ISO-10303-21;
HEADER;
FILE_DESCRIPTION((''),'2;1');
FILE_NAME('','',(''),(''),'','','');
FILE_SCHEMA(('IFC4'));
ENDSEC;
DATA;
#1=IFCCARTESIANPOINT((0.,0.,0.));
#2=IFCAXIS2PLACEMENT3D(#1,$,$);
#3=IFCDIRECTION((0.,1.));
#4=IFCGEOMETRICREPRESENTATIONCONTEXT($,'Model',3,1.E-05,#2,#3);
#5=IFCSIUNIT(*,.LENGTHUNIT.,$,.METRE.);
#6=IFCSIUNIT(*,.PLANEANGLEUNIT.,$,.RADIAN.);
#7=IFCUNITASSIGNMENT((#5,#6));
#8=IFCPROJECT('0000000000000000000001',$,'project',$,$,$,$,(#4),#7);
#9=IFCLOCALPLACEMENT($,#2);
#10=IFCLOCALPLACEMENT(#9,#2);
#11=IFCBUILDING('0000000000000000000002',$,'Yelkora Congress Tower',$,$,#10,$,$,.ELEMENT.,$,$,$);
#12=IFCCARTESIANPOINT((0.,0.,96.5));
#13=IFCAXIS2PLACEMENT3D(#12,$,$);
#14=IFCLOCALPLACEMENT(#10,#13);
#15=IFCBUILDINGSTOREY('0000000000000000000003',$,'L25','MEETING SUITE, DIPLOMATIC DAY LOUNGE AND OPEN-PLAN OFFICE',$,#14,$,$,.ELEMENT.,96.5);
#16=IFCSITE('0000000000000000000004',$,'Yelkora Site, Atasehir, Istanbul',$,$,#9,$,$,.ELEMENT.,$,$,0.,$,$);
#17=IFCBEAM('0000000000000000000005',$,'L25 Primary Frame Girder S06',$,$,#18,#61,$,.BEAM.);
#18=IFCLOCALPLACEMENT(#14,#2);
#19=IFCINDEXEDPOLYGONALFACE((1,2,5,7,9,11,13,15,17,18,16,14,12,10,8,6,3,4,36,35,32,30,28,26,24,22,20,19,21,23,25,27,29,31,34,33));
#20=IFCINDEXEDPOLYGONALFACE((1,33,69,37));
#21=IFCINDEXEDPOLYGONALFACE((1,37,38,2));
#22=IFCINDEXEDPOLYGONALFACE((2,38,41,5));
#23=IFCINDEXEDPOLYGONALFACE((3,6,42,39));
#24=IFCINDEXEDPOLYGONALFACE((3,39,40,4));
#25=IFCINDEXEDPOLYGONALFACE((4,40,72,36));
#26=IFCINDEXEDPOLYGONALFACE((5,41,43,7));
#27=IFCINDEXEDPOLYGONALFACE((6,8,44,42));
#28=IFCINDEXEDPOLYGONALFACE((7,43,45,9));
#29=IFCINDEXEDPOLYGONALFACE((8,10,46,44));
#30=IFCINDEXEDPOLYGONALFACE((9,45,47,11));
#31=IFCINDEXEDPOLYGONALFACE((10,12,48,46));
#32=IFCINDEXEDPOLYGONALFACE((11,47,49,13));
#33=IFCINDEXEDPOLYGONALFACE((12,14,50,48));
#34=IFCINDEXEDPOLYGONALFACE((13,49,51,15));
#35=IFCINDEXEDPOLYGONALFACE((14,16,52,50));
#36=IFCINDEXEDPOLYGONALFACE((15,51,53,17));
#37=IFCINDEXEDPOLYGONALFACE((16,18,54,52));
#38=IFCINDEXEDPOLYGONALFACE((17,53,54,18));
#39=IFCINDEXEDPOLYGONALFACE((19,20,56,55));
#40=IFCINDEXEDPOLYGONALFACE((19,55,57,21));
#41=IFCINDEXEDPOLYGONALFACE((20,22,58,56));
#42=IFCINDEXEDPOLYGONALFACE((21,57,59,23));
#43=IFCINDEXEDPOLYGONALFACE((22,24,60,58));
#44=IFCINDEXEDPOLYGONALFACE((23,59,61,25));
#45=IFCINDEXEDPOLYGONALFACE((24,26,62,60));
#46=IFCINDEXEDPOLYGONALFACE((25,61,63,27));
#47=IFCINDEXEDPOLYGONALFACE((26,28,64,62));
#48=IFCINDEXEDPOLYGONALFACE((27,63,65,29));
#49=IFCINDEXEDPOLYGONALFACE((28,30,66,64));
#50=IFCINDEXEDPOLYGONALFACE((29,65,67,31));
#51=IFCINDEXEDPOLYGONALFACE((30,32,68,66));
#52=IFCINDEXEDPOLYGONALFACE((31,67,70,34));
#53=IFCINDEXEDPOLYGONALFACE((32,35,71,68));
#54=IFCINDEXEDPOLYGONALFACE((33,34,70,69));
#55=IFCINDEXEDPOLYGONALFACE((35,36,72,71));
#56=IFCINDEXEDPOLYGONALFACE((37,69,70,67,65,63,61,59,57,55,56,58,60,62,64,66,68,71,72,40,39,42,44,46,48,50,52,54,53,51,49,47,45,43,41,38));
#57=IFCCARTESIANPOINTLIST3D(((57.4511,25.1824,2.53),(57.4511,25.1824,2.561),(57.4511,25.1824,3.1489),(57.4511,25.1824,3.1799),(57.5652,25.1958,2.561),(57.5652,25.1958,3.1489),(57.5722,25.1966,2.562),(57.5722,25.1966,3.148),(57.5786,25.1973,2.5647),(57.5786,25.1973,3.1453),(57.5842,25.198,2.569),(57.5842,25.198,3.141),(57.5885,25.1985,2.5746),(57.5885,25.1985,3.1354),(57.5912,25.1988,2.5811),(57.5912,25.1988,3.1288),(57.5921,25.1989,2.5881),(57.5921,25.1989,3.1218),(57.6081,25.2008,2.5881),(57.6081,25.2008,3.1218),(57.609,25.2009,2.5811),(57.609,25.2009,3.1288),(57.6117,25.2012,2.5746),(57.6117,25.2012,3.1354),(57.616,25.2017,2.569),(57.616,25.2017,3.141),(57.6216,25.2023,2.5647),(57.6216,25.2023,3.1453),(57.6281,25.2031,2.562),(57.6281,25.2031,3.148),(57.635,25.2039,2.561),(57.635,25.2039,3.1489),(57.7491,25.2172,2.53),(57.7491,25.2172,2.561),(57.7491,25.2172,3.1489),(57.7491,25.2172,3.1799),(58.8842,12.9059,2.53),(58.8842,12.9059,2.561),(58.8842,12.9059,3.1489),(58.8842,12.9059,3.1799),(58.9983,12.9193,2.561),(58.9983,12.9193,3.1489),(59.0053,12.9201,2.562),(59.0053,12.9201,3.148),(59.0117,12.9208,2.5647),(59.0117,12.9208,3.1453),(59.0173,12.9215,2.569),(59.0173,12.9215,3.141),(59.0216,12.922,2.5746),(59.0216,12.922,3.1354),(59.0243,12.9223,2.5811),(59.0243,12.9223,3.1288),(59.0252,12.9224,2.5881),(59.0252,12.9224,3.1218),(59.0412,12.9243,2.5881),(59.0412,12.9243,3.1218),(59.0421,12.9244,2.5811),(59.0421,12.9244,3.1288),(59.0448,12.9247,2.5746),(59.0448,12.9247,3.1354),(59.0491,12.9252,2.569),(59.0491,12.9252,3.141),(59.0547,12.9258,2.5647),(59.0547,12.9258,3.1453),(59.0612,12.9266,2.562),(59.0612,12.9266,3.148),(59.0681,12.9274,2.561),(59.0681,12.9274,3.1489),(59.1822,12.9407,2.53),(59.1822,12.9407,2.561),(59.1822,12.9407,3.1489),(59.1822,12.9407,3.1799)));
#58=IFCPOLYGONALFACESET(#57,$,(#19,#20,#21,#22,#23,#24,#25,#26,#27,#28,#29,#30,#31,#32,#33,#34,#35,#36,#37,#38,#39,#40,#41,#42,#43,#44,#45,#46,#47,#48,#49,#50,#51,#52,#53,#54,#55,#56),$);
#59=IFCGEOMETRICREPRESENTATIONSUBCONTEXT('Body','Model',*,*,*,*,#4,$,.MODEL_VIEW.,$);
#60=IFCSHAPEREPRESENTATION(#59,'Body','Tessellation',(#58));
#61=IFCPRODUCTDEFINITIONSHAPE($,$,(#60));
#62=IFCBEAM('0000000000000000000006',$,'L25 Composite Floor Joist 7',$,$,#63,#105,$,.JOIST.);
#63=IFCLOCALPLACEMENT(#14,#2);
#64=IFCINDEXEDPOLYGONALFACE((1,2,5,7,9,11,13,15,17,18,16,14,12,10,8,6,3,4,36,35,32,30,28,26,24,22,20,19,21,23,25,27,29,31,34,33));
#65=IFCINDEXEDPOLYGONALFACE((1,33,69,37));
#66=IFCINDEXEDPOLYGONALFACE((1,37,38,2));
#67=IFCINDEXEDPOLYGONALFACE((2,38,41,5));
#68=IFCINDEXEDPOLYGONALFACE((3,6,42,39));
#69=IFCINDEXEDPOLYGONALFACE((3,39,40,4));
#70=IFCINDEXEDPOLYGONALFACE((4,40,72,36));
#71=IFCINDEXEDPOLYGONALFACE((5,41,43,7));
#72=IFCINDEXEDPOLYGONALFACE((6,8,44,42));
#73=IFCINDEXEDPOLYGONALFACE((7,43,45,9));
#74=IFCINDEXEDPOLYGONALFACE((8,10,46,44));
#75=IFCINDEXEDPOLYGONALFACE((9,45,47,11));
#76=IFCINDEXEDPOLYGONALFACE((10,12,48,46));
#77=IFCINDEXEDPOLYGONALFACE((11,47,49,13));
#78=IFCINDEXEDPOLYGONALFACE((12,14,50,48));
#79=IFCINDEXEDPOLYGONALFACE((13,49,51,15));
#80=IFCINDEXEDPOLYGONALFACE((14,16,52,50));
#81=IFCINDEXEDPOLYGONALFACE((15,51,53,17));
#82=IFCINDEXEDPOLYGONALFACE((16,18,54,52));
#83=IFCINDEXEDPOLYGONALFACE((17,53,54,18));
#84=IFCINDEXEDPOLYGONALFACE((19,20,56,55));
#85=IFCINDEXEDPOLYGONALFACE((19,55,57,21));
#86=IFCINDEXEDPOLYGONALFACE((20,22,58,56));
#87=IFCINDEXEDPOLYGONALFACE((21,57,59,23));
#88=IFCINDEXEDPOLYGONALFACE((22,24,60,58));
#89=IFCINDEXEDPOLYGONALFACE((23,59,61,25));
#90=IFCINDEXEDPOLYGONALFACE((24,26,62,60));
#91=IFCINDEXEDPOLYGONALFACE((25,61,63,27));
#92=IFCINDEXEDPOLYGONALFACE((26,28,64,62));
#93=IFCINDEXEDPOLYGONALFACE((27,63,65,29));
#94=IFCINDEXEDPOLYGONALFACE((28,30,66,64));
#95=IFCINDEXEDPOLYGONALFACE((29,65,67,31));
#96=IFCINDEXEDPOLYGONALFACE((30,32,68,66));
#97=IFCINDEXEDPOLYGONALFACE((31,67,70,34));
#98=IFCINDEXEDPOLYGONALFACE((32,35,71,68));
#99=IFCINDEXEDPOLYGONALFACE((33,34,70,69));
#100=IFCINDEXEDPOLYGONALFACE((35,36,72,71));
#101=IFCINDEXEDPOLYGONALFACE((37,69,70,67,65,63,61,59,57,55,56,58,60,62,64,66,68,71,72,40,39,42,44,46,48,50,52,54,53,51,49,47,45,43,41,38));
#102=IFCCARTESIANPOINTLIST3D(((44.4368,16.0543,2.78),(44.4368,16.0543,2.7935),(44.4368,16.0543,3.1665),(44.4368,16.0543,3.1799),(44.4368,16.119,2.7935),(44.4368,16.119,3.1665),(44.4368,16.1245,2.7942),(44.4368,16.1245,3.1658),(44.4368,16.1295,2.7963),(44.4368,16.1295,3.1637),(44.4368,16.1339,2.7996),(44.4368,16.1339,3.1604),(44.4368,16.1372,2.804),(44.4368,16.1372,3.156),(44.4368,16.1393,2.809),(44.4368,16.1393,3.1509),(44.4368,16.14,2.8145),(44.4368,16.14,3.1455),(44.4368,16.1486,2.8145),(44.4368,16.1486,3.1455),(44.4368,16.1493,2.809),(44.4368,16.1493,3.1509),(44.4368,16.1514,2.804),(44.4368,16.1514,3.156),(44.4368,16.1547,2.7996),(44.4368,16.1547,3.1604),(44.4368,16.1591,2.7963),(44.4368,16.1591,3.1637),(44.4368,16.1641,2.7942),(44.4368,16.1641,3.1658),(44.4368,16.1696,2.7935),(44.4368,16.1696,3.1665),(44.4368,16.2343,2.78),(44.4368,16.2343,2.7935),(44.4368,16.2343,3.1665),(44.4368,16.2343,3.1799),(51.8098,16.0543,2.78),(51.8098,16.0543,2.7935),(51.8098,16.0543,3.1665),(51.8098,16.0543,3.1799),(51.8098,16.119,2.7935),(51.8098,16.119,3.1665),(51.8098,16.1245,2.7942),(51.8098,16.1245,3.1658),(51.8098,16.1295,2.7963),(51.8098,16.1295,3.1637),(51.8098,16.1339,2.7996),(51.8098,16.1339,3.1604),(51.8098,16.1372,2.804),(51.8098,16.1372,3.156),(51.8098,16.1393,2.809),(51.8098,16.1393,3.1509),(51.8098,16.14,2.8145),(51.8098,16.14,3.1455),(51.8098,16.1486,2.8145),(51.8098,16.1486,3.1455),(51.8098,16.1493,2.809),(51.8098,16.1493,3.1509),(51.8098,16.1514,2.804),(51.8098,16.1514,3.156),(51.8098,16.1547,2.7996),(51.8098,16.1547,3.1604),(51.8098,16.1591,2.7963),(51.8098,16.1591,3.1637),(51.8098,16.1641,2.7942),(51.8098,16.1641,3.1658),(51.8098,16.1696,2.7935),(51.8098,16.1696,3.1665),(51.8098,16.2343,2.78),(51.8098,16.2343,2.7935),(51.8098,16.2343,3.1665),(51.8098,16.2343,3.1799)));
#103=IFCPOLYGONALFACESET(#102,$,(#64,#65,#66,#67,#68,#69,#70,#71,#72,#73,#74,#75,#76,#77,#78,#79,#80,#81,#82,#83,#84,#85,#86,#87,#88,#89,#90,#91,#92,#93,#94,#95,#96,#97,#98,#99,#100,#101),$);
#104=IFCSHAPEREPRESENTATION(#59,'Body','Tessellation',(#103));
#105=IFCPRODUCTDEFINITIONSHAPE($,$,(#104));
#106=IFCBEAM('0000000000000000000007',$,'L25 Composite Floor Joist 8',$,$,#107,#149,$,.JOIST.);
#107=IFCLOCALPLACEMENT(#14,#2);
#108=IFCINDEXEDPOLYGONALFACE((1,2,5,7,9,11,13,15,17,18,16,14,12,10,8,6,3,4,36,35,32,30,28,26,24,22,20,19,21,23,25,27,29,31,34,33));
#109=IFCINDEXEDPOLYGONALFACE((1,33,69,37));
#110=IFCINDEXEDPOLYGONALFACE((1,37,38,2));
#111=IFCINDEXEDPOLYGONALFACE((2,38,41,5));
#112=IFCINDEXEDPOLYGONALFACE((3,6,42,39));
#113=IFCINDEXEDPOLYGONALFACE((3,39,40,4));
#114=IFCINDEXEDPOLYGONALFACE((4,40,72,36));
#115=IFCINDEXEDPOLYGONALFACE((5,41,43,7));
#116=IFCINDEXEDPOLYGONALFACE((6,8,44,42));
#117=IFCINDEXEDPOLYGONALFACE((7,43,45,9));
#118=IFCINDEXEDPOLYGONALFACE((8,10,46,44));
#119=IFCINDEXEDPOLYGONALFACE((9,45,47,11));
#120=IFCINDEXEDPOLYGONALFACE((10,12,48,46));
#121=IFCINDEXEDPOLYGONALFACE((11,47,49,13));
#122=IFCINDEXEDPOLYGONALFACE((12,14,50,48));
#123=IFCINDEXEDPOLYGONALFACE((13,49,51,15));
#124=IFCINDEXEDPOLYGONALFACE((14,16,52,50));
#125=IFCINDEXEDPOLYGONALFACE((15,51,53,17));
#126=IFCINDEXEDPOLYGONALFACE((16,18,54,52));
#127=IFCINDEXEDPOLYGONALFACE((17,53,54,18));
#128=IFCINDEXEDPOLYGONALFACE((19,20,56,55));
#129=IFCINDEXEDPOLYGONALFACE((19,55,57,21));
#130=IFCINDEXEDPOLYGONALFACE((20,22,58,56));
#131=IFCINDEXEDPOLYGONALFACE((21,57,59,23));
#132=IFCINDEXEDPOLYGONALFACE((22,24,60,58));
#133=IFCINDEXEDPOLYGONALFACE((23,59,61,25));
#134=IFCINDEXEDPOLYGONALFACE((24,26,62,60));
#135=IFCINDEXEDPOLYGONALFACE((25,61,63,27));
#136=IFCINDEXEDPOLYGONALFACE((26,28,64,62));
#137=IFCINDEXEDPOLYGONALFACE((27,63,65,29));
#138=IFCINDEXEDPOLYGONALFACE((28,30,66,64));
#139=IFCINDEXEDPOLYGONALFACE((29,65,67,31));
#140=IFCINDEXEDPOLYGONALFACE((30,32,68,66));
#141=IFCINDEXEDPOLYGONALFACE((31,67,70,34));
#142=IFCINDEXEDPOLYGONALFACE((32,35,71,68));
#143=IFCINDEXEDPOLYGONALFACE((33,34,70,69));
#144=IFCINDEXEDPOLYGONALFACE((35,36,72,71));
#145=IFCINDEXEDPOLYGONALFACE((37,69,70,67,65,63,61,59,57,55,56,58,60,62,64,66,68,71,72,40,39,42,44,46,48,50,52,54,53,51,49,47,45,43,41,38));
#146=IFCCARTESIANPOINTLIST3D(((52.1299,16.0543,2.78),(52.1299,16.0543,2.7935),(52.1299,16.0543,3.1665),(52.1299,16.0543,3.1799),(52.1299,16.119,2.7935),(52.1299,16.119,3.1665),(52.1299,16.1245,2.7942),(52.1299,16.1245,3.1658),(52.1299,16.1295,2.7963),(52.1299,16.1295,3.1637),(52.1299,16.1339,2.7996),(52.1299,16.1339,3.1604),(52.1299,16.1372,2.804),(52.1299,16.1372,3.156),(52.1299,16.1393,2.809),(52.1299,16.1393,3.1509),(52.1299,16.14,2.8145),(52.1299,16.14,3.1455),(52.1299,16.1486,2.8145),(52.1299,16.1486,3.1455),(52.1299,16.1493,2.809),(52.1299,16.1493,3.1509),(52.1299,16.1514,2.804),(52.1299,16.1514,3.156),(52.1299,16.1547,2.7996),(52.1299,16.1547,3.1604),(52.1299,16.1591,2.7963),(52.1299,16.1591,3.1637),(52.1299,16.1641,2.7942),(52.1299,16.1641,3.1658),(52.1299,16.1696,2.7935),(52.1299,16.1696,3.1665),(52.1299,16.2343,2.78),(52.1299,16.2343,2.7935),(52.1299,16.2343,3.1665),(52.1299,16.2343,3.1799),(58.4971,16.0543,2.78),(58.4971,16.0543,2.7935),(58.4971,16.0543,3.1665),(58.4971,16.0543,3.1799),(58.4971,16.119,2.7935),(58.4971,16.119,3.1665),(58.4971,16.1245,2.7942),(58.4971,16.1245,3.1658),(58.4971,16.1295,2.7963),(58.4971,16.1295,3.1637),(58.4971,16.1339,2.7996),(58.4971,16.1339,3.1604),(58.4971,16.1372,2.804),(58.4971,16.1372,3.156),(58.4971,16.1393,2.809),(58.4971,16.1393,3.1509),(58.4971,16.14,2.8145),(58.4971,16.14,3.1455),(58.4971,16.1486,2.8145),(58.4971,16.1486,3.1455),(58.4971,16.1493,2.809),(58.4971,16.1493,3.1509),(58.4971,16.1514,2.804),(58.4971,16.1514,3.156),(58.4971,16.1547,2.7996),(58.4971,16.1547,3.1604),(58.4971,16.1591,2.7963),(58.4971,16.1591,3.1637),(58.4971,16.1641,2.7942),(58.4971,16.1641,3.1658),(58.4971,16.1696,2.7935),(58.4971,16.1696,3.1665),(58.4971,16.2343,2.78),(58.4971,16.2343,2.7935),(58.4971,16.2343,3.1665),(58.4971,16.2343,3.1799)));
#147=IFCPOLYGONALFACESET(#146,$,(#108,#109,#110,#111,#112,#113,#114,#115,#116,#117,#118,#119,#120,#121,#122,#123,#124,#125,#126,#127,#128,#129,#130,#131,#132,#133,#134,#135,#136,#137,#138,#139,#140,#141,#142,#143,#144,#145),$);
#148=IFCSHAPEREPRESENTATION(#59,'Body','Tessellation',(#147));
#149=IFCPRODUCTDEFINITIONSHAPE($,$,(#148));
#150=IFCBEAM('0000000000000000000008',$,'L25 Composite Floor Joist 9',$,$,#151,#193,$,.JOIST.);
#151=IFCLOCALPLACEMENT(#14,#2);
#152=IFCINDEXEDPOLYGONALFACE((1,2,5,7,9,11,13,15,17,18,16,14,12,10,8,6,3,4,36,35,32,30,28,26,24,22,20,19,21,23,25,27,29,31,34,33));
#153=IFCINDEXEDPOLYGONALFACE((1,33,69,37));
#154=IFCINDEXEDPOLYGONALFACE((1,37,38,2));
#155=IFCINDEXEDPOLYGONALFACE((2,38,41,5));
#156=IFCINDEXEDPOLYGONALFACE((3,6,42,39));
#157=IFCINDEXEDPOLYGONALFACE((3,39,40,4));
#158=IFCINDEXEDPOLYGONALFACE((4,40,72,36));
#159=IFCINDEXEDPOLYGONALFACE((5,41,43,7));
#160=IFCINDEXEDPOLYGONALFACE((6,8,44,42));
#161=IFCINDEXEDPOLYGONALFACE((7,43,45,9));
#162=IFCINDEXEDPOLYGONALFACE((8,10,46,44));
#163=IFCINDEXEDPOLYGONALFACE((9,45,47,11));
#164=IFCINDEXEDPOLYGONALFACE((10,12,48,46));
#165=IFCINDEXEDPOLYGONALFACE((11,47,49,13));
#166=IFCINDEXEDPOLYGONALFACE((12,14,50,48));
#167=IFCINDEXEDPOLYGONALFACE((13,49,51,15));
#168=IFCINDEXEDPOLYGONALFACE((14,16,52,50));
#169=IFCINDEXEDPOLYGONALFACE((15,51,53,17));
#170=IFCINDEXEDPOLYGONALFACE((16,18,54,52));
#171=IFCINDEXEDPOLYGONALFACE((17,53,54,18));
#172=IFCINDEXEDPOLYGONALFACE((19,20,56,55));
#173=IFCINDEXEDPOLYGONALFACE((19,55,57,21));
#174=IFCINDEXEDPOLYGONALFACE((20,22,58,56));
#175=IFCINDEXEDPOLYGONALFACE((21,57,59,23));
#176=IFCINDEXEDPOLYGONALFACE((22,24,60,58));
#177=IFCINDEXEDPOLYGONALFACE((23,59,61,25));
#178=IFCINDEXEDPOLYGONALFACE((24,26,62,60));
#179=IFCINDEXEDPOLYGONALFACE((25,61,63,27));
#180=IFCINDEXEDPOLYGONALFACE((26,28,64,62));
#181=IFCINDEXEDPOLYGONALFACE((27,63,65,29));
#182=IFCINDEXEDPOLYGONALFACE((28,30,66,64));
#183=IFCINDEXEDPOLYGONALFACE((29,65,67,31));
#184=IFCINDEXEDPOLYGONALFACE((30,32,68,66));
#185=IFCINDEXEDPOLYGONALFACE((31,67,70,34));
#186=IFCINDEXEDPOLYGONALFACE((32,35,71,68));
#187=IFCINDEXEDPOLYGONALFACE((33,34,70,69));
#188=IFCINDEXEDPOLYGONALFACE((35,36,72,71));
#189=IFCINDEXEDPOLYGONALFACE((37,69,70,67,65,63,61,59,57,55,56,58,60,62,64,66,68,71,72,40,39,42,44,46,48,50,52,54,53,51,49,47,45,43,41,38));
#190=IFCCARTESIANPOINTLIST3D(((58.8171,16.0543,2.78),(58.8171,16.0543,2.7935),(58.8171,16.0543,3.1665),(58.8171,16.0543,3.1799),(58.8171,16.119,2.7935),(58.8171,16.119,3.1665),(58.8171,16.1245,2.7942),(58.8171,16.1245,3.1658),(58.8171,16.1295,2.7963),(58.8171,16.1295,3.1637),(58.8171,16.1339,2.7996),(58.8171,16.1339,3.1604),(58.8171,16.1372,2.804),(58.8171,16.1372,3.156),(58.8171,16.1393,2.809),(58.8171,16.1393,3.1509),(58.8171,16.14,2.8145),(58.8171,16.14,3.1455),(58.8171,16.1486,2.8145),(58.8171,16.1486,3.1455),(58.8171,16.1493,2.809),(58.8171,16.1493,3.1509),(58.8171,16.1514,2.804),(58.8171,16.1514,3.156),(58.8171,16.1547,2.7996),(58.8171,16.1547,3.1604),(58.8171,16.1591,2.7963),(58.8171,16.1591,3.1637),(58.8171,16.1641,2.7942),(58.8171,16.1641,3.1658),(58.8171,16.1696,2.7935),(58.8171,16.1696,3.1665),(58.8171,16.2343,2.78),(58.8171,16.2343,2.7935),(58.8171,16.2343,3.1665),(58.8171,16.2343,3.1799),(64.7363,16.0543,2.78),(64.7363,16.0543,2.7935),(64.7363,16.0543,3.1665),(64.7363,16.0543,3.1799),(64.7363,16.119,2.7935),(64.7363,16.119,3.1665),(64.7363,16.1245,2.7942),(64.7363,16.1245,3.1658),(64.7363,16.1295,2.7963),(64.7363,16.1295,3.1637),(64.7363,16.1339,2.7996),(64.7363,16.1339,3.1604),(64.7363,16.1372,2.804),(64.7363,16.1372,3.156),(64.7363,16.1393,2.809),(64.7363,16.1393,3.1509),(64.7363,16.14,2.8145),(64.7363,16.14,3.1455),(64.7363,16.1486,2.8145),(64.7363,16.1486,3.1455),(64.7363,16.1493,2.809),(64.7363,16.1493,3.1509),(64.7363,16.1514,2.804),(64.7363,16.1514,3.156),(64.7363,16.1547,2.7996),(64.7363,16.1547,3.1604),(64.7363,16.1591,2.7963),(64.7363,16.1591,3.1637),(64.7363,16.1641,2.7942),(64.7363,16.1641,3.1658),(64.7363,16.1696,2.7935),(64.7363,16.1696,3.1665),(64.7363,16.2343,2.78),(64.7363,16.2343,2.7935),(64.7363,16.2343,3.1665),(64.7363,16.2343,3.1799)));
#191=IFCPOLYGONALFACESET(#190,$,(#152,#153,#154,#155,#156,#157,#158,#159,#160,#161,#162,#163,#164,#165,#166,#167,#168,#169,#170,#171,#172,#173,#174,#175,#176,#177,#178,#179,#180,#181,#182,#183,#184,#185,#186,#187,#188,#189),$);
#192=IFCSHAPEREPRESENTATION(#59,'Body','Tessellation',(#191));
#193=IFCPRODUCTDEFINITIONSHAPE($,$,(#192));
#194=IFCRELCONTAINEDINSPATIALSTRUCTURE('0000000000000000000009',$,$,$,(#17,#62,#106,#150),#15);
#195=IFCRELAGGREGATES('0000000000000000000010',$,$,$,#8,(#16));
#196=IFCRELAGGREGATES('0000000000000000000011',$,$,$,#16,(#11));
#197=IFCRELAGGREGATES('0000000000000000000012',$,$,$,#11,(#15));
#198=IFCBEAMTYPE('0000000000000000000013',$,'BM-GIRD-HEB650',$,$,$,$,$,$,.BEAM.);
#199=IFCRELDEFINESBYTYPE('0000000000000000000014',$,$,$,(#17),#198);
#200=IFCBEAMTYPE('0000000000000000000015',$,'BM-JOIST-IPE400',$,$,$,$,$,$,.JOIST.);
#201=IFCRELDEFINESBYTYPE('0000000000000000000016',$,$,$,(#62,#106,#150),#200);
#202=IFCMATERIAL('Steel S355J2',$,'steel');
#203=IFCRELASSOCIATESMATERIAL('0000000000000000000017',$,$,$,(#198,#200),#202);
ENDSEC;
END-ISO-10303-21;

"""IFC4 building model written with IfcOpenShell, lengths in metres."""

from ifc_helpers import new_model, si_unit, direction, frame, origin, origin_2d, place, context, subcontext, project, spatial, i_section, extrude, material, material_profile, profile_set, type_object, element, save


model = new_model("IFC4")

# Units and contexts
model_context = context("Model", 3, precision=1e-05, world=origin(), true_north=direction((0.0, 1.0)))
body_context = subcontext(model_context, "Body", "Model", "MODEL_VIEW")
ifc_project = project(units=[si_unit("LENGTHUNIT", "METRE"), si_unit("PLANEANGLEUNIT", "RADIAN")], contexts=[model_context])

# Site, building, storey
site_placement = place(None, origin())
site = spatial("IfcSite", under=ifc_project, at=site_placement, Name="Yelkora Site, Atasehir, Istanbul", CompositionType="ELEMENT", RefElevation=0.0)
building_placement = place(site_placement, origin())
building = spatial("IfcBuilding", under=site, at=building_placement, Name="Yelkora Congress Tower", CompositionType="ELEMENT")
storey_placement = place(building_placement, frame((0.0, 0.0, 96.5)))
storey = spatial("IfcBuildingStorey", under=building, at=storey_placement, Name="L25", Description="MEETING SUITE, DIPLOMATIC DAY LOUNGE AND OPEN-PLAN OFFICE", CompositionType="ELEMENT", Elevation=96.5)

# Beams
ifc_material_1 = material(Name="Steel S355J2", Category="steel")
ifc_material_profile_1 = material_profile(ifc_material_1, i_section(OverallWidth=0.3, OverallDepth=0.6499, WebThickness=0.0161, FlangeThickness=0.031, FilletRadius=0.0271, at=origin_2d()), Name="HEB 650")
ifc_profile_set_1 = profile_set([ifc_material_profile_1], Name="Steel S355J2")
beam_type_1 = type_object("IfcBeamType", Name="BM-GIRD-HEB650", PredefinedType="BEAM", material=ifc_profile_set_1)
beam_1_placement = place(storey_placement, frame((59.0332, 12.9233, 2.855), z_axis=(-0.115947, 0.993255, 0.0), x_axis=(-0.993255, -0.115947, 0.0)))
element("IfcBeam", 1, at=beam_1_placement, inside=storey, type_object=beam_type_1, Name="L25 Primary Frame Girder S06", PredefinedType="BEAM", context=body_context, shape_type="SweptSolid", body=[
    extrude(i_section(OverallWidth=0.3, OverallDepth=0.6499, WebThickness=0.0161, FlangeThickness=0.031, FilletRadius=0.0271, at=origin_2d()), origin(), (0.0, 0.0, 1.0), 12.3599),
])
ifc_material_profile_2 = material_profile(ifc_material_1, i_section(OverallWidth=0.1799, OverallDepth=0.3999, WebThickness=0.0085, FlangeThickness=0.0134, FilletRadius=0.021, at=origin_2d()), Name="IPE 400")
ifc_profile_set_2 = profile_set([ifc_material_profile_2], Name="Steel S355J2")
beam_type_2 = type_object("IfcBeamType", Name="BM-JOIST-IPE400", PredefinedType="JOIST", material=ifc_profile_set_2)
beam_2_placement = place(storey_placement, frame((44.4368, 16.1443, 2.98), z_axis=(1.0, 0.0, 0.0), x_axis=(0.0, 1.0, 0.0)))
element("IfcBeam", 2, at=beam_2_placement, inside=storey, type_object=beam_type_2, Name="L25 Composite Floor Joist 7", PredefinedType="JOIST", context=body_context, shape_type="SweptSolid", body=[
    extrude(i_section(OverallWidth=0.1799, OverallDepth=0.3999, WebThickness=0.0085, FlangeThickness=0.0134, FilletRadius=0.021, at=origin_2d()), origin(), (0.0, 0.0, 1.0), 7.373),
])
beam_3_placement = place(storey_placement, frame((52.1299, 16.1443, 2.98), z_axis=(1.0, 0.0, 0.0), x_axis=(0.0, 1.0, 0.0)))
element("IfcBeam", 3, at=beam_3_placement, inside=storey, type_object=beam_type_2, Name="L25 Composite Floor Joist 8", PredefinedType="JOIST", context=body_context, shape_type="SweptSolid", body=[
    extrude(i_section(OverallWidth=0.1799, OverallDepth=0.3999, WebThickness=0.0085, FlangeThickness=0.0134, FilletRadius=0.021, at=origin_2d()), origin(), (0.0, 0.0, 1.0), 6.3672),
])
beam_4_placement = place(storey_placement, frame((58.8171, 16.1443, 2.98), z_axis=(1.0, 0.0, 0.0), x_axis=(0.0, 1.0, 0.0)))
element("IfcBeam", 4, at=beam_4_placement, inside=storey, type_object=beam_type_2, Name="L25 Composite Floor Joist 9", PredefinedType="JOIST", context=body_context, shape_type="SweptSolid", body=[
    extrude(i_section(OverallWidth=0.1799, OverallDepth=0.3999, WebThickness=0.0085, FlangeThickness=0.0134, FilletRadius=0.021, at=origin_2d()), origin(), (0.0, 0.0, 1.0), 5.9192),
])

save(model, "model.ifc")
